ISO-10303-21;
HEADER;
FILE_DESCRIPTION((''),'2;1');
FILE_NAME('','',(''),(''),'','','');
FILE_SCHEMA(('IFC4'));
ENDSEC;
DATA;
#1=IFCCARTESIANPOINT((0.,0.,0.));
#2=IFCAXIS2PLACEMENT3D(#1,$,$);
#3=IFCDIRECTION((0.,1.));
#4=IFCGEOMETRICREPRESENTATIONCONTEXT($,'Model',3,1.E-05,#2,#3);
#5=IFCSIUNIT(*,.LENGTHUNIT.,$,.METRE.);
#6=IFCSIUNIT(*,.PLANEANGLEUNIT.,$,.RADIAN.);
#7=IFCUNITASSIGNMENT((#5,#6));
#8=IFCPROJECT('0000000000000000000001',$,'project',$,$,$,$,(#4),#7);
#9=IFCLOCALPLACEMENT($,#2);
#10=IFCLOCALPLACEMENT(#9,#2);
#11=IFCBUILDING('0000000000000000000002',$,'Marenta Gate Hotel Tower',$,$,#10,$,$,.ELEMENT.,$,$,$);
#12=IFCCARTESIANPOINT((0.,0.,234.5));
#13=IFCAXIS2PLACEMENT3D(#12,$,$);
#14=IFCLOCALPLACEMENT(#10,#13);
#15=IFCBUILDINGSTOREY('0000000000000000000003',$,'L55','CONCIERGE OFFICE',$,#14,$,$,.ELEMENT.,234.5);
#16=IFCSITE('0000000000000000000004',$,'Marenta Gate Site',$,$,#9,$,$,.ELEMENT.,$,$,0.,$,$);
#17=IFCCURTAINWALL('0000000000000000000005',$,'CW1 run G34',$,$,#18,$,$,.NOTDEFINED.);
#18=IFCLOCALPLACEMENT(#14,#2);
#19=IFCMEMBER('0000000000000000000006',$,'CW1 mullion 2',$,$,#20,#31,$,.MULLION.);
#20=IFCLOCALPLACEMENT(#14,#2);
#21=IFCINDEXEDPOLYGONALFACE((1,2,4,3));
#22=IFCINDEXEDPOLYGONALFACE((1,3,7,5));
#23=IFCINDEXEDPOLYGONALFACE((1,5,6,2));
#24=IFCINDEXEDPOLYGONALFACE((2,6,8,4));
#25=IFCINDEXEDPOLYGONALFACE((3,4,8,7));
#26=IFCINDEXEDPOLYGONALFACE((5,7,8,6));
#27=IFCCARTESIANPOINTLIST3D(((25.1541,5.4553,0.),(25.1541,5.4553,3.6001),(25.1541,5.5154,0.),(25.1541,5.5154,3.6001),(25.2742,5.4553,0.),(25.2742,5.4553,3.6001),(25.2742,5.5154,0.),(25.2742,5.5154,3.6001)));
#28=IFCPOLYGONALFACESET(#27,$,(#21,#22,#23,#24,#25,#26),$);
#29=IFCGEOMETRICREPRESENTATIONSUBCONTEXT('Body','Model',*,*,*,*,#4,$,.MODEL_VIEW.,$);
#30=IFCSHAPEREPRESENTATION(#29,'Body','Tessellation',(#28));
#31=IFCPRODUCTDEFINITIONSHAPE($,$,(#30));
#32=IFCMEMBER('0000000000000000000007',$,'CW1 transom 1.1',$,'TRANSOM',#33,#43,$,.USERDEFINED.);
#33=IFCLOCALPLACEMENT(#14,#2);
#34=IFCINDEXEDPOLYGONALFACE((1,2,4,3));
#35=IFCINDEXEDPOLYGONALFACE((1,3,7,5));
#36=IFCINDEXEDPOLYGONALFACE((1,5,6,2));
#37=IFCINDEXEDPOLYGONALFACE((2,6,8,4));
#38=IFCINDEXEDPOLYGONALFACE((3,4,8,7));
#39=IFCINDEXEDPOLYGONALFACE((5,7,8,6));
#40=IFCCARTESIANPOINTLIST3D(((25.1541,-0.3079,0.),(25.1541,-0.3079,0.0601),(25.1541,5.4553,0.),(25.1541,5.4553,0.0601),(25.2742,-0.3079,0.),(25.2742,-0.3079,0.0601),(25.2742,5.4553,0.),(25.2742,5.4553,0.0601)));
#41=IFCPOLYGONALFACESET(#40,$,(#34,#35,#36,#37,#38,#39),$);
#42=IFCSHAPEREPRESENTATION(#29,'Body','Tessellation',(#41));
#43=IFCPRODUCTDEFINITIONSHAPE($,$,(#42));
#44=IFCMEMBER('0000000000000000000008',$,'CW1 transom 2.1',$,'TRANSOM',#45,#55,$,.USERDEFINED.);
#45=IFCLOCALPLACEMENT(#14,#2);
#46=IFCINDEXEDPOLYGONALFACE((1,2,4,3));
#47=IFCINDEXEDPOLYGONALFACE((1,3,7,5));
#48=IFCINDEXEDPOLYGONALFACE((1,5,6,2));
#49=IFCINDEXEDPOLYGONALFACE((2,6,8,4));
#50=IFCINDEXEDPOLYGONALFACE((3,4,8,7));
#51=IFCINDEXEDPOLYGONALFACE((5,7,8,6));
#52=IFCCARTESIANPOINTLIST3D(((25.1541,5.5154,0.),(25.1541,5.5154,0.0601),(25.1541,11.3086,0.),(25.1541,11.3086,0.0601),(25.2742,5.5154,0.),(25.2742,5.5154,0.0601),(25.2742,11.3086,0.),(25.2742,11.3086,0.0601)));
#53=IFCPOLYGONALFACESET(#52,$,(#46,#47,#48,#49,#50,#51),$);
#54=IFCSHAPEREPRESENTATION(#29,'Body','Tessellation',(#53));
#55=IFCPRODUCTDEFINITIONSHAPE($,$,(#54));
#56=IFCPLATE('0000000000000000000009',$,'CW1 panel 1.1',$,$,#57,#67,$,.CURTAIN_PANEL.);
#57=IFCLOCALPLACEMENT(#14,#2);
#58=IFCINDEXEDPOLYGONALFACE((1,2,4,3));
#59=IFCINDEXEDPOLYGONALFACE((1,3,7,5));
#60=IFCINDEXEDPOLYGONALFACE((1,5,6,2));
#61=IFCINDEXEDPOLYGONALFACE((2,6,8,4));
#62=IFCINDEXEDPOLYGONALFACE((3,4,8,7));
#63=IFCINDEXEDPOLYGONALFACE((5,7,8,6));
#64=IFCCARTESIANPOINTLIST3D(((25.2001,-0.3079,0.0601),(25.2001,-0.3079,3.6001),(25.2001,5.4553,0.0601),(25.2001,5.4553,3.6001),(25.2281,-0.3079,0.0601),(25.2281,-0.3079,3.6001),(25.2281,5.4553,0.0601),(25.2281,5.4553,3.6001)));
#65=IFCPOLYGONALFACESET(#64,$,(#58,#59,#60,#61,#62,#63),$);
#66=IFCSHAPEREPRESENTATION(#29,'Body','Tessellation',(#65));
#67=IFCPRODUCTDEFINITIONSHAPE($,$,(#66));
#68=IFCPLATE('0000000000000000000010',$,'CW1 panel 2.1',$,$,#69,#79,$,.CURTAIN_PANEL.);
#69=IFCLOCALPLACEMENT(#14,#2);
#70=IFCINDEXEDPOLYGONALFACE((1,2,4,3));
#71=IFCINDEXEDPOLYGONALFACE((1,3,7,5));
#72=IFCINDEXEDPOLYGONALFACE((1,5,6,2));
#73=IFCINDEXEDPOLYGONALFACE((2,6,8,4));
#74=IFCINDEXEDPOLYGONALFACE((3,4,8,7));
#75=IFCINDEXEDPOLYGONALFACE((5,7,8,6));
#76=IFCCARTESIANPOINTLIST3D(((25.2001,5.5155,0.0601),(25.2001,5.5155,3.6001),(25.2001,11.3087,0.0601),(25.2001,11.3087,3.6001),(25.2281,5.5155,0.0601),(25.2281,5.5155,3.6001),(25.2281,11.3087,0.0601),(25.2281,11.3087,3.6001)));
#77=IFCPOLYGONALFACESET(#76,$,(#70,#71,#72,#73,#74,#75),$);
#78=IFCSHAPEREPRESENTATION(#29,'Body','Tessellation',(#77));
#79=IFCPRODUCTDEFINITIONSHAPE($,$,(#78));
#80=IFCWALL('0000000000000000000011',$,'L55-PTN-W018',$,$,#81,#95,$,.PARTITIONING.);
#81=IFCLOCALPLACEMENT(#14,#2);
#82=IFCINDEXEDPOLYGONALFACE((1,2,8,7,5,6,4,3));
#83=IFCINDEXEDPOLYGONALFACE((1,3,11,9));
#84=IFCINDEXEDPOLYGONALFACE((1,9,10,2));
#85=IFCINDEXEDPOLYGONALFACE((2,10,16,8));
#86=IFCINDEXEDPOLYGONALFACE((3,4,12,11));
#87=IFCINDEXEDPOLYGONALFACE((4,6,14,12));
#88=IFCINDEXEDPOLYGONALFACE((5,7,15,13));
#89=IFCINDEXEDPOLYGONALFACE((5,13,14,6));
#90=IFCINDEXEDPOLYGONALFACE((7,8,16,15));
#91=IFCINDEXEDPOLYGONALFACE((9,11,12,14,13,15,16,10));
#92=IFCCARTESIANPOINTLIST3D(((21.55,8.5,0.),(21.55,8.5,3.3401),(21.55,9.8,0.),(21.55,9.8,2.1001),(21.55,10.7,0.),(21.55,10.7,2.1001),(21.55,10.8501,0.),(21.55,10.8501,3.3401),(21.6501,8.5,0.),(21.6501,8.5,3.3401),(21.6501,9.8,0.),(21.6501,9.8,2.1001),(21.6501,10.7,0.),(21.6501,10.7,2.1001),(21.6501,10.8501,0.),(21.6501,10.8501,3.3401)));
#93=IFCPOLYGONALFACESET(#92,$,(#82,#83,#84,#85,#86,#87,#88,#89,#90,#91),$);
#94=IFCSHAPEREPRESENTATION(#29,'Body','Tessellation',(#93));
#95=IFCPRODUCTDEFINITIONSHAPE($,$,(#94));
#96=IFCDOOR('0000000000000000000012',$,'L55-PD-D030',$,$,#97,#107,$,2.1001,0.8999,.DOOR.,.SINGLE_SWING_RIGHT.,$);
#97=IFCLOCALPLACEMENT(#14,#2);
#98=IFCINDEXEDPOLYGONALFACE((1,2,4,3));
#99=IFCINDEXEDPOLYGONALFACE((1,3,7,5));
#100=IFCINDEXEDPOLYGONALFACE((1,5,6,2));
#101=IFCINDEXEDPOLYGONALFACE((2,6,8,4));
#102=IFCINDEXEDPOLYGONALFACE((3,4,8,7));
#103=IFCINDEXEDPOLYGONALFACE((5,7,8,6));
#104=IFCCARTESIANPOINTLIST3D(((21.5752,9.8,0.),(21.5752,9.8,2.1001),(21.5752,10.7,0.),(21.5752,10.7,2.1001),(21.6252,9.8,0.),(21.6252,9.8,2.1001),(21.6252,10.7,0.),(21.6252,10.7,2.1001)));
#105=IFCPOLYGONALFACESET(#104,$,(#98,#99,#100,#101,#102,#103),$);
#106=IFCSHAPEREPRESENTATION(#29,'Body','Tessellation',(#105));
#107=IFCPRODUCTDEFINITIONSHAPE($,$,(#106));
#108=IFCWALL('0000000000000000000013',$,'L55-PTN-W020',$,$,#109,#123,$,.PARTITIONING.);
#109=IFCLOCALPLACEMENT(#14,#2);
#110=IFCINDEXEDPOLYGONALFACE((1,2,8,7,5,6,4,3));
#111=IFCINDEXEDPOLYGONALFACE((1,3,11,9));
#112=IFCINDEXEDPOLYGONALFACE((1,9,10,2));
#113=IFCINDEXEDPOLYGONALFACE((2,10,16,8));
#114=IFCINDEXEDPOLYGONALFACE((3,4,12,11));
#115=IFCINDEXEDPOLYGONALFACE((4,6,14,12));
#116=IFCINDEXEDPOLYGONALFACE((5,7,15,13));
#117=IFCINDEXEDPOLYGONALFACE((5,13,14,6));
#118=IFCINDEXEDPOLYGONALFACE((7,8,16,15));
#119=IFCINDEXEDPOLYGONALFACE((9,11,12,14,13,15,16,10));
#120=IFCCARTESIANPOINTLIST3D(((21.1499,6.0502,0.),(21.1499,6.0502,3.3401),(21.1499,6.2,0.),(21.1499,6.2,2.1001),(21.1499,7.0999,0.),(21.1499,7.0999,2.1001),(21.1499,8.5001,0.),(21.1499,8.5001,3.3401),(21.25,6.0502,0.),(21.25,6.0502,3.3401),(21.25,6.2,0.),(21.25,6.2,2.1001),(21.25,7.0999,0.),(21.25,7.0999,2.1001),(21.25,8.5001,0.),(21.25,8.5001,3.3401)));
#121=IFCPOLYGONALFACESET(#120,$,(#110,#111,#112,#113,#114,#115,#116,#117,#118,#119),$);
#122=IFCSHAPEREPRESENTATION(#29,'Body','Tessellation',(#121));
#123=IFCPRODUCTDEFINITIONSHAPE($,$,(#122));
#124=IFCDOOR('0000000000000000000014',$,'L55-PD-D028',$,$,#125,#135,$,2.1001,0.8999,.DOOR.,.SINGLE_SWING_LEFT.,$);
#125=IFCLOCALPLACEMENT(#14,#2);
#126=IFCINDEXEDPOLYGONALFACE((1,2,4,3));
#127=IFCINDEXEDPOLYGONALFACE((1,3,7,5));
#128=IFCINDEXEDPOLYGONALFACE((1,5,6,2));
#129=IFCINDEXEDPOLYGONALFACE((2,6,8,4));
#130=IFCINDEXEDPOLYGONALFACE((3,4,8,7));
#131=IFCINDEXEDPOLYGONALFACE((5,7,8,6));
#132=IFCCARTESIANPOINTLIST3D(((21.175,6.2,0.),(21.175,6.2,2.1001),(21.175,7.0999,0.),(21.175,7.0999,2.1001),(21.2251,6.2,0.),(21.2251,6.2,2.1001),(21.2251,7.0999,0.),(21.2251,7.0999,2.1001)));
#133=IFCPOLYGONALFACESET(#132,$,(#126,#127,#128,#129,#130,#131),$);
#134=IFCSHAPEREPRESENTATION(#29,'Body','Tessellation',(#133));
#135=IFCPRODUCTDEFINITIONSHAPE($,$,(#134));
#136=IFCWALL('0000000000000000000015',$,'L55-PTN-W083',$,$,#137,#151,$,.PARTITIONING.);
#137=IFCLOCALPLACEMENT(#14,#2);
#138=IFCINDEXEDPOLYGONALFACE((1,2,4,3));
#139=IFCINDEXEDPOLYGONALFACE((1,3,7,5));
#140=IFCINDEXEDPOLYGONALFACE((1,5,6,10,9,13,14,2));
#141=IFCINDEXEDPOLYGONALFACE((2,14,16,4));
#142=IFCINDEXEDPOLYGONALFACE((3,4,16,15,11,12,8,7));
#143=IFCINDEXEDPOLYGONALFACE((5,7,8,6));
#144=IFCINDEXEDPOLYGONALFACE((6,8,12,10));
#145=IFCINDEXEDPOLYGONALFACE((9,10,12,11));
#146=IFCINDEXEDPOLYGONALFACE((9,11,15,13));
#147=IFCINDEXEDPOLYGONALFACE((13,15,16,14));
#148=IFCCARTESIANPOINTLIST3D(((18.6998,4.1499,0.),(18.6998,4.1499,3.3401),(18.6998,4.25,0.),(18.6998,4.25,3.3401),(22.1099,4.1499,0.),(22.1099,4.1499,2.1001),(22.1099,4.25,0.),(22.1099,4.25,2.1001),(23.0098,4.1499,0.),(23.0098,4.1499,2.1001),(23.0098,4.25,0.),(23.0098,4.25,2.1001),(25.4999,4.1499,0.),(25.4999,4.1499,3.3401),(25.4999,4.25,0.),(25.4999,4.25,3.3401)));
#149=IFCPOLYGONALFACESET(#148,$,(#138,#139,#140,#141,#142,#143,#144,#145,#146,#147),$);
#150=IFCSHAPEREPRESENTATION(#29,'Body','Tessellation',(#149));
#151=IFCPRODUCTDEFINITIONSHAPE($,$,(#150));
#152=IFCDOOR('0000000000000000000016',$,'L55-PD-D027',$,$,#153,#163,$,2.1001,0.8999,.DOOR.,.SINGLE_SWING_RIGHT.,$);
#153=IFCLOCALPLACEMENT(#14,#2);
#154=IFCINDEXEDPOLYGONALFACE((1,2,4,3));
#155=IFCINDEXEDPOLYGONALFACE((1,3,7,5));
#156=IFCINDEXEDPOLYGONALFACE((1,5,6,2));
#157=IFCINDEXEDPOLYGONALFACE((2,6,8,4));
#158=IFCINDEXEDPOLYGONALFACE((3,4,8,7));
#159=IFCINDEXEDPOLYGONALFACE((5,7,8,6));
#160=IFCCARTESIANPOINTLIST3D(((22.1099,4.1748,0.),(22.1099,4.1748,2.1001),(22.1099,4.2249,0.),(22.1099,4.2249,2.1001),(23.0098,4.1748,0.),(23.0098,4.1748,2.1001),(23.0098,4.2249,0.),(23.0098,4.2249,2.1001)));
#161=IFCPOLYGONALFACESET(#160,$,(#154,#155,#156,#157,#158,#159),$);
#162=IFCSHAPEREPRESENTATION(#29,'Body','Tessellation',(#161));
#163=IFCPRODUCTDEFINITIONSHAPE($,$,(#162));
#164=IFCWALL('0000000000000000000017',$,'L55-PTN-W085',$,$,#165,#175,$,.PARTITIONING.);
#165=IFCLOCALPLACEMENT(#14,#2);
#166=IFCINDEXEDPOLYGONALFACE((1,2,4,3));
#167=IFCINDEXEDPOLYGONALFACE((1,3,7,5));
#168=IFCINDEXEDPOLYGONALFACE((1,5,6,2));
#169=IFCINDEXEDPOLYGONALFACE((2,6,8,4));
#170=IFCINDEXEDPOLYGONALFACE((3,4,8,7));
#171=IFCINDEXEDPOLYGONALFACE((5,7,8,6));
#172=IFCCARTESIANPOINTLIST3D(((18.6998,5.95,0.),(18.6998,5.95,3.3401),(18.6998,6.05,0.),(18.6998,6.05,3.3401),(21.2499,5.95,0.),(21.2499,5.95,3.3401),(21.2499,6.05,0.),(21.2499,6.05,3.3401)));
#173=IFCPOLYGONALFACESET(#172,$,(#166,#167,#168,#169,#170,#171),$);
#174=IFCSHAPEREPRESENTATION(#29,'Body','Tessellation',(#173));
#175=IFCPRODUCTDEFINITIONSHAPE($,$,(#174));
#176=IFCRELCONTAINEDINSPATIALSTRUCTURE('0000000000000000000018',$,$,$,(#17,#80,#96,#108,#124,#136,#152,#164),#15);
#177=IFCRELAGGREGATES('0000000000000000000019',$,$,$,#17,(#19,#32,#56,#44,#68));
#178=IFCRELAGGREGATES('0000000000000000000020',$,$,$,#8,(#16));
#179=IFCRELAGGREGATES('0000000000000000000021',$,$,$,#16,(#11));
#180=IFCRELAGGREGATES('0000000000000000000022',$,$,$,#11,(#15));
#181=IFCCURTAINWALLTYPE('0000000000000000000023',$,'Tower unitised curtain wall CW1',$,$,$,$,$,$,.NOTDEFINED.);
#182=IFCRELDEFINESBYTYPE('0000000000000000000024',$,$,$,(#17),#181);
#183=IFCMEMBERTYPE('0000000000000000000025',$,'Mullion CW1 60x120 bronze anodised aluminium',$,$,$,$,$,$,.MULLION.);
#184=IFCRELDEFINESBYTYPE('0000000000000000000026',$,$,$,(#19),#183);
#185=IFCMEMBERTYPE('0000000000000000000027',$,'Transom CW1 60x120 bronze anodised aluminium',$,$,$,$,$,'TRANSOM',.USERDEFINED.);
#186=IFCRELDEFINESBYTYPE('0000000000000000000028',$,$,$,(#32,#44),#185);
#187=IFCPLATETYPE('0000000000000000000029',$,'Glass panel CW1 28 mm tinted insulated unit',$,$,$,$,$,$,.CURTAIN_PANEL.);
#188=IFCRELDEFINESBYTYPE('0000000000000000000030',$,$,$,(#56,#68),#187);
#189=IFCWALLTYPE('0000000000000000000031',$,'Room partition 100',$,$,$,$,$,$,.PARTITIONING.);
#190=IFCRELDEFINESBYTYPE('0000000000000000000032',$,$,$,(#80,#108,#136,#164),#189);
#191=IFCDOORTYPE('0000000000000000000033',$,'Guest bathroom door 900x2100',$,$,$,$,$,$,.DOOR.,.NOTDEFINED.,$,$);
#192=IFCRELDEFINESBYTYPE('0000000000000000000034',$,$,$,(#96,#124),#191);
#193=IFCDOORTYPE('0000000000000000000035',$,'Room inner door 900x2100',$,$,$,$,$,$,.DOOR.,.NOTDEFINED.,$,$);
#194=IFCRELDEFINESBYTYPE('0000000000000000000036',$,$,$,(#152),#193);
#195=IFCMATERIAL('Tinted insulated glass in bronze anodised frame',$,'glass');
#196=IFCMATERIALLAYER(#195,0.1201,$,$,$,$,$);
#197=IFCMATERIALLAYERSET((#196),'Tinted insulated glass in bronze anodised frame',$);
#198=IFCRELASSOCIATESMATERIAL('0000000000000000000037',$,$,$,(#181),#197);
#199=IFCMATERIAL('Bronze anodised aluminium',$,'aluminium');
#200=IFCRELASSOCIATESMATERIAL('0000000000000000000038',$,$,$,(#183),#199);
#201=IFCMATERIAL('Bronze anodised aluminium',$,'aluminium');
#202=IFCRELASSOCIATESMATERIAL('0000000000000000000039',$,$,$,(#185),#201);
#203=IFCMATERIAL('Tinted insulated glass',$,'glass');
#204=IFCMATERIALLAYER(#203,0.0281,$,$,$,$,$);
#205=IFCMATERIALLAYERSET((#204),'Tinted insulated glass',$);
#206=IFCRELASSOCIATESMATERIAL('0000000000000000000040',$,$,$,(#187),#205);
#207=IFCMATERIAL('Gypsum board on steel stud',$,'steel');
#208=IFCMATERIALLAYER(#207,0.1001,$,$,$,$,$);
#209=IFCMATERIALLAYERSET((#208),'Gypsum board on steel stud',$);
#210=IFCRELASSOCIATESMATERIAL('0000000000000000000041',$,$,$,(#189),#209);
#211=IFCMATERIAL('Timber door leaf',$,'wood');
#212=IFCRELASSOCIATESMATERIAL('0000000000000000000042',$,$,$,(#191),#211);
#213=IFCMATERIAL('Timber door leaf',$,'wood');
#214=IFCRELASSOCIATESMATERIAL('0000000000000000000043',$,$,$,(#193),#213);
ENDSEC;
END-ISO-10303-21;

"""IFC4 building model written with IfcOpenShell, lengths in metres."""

from ifc_helpers import new_model, si_unit, direction, frame, frame_2d, origin, origin_2d, place, context, subcontext, project, spatial, rectangle, extrude, material, layer, layer_set, material_profile, profile_set, type_object, element, fill, aggregate, save


model = new_model("IFC4")

# Units and contexts
model_context = context("Model", 3, precision=1e-05, world=origin(), true_north=direction((0.0, 1.0)))
body_context = subcontext(model_context, "Body", "Model", "MODEL_VIEW")
ifc_project = project(units=[si_unit("LENGTHUNIT", "METRE"), si_unit("PLANEANGLEUNIT", "RADIAN")], contexts=[model_context])

# Site, building, storey
site_placement = place(None, origin())
site = spatial("IfcSite", under=ifc_project, at=site_placement, Name="Marenta Gate Site", CompositionType="ELEMENT", RefElevation=0.0)
building_placement = place(site_placement, origin())
building = spatial("IfcBuilding", under=site, at=building_placement, Name="Marenta Gate Hotel Tower", CompositionType="ELEMENT")
storey_placement = place(building_placement, frame((0.0, 0.0, 234.5)))
storey = spatial("IfcBuildingStorey", under=building, at=storey_placement, Name="L55", Description="CONCIERGE OFFICE", CompositionType="ELEMENT", Elevation=234.5)

# Curtain wall, members, plates
ifc_material_1 = material(Name="Tinted insulated glass in bronze anodised frame", Category="glass")
ifc_layer_1 = layer(ifc_material_1, 0.1201)
ifc_layer_set_1 = layer_set([ifc_layer_1], Name="Tinted insulated glass in bronze anodised frame")
curtain_wall_type = type_object("IfcCurtainWallType", Name="Tower unitised curtain wall CW1", PredefinedType="NOTDEFINED", material=ifc_layer_set_1)
curtain_wall_placement = place(storey_placement, origin())
curtain_wall = element("IfcCurtainWall", 1, at=curtain_wall_placement, inside=storey, type_object=curtain_wall_type, Name="CW1 run G34", PredefinedType="NOTDEFINED")
ifc_material_2 = material(Name="Bronze anodised aluminium", Category="aluminium")
ifc_material_profile_1 = material_profile(ifc_material_2, rectangle(XDim=0.1201, YDim=0.0601, at=origin_2d()), Name="Mullion CW1 60x120 bronze anodised aluminium")
ifc_profile_set_1 = profile_set([ifc_material_profile_1], Name="Bronze anodised aluminium")
member_type_1 = type_object("IfcMemberType", Name="Mullion CW1 60x120 bronze anodised aluminium", PredefinedType="MULLION", material=ifc_profile_set_1)
member_1_placement = place(storey_placement, frame((25.2141, 5.4854, 0.0), z_axis=(0.0, 0.0, 1.0), x_axis=(-1.0, 0.0, 0.0)))
member_1 = element("IfcMember", 2, at=member_1_placement, type_object=member_type_1, Name="CW1 mullion 2", PredefinedType="MULLION", context=body_context, shape_type="SweptSolid", body=[
    extrude(rectangle(XDim=0.1201, YDim=0.0601, at=origin_2d()), origin(), (0.0, 0.0, 1.0), 3.6001),
])
ifc_material_3 = material(Name="Bronze anodised aluminium", Category="aluminium")
ifc_material_profile_2 = material_profile(ifc_material_3, rectangle(XDim=0.1201, YDim=0.0601, at=origin_2d()), Name="Transom CW1 60x120 bronze anodised aluminium")
ifc_profile_set_2 = profile_set([ifc_material_profile_2], Name="Bronze anodised aluminium")
member_type_2 = type_object("IfcMemberType", Name="Transom CW1 60x120 bronze anodised aluminium", ElementType="TRANSOM", PredefinedType="USERDEFINED", material=ifc_profile_set_2)
member_2_placement = place(storey_placement, frame((25.2141, -0.3079, 0.03), z_axis=(0.0, 1.0, 0.0), x_axis=(-1.0, 0.0, 0.0)))
member_2 = element("IfcMember", 3, at=member_2_placement, type_object=member_type_2, Name="CW1 transom 1.1", ObjectType="TRANSOM", PredefinedType="USERDEFINED", context=body_context, shape_type="SweptSolid", body=[
    extrude(rectangle(XDim=0.1201, YDim=0.0601, at=origin_2d()), origin(), (0.0, 0.0, 1.0), 5.7632),
])
member_3_placement = place(storey_placement, frame((25.2141, 5.5154, 0.03), z_axis=(0.0, 1.0, 0.0), x_axis=(-1.0, 0.0, 0.0)))
member_3 = element("IfcMember", 4, at=member_3_placement, type_object=member_type_2, Name="CW1 transom 2.1", ObjectType="TRANSOM", PredefinedType="USERDEFINED", context=body_context, shape_type="SweptSolid", body=[
    extrude(rectangle(XDim=0.1201, YDim=0.0601, at=origin_2d()), origin(), (0.0, 0.0, 1.0), 5.7932),
])
ifc_material_4 = material(Name="Tinted insulated glass", Category="glass")
ifc_layer_2 = layer(ifc_material_4, 0.0281)
ifc_layer_set_2 = layer_set([ifc_layer_2], Name="Tinted insulated glass")
plate_type = type_object("IfcPlateType", Name="Glass panel CW1 28 mm tinted insulated unit", PredefinedType="CURTAIN_PANEL", material=ifc_layer_set_2)
plate_1_placement = place(storey_placement, frame((25.2141, 2.5737, 0.0601), z_axis=(0.0, 0.0, 1.0), x_axis=(0.0, 1.0, 0.0)))
plate_1 = element("IfcPlate", 5, at=plate_1_placement, type_object=plate_type, Name="CW1 panel 1.1", PredefinedType="CURTAIN_PANEL", context=body_context, shape_type="SweptSolid", body=[
    extrude(rectangle(XDim=5.7632, YDim=0.0281, at=origin_2d()), origin(), (0.0, 0.0, 1.0), 3.54),
])
plate_2_placement = place(storey_placement, frame((25.2141, 8.4121, 0.0601), z_axis=(0.0, 0.0, 1.0), x_axis=(0.0, 1.0, 0.0)))
plate_2 = element("IfcPlate", 6, at=plate_2_placement, type_object=plate_type, Name="CW1 panel 2.1", PredefinedType="CURTAIN_PANEL", context=body_context, shape_type="SweptSolid", body=[
    extrude(rectangle(XDim=5.7932, YDim=0.0281, at=origin_2d()), origin(), (0.0, 0.0, 1.0), 3.54),
])
aggregate(curtain_wall, [member_1, member_2, plate_1, member_3, plate_2])

# Walls, openings, doors
ifc_material_5 = material(Name="Gypsum board on steel stud", Category="steel")
ifc_layer_3 = layer(ifc_material_5, 0.1001)
ifc_layer_set_3 = layer_set([ifc_layer_3], Name="Gypsum board on steel stud")
wall_type_1 = type_object("IfcWallType", Name="Room partition 100", PredefinedType="PARTITIONING", material=ifc_layer_set_3)
wall_1_placement = place(storey_placement, frame((21.6001, 8.5, 0.0), z_axis=(0.0, 0.0, 1.0), x_axis=(0.0, 1.0, 0.0)))
wall_1 = element("IfcWall", 7, at=wall_1_placement, inside=storey, type_object=wall_type_1, Name="L55-PTN-W018", PredefinedType="PARTITIONING", context=body_context, shape_type="SweptSolid", body=[
    extrude(rectangle(XDim=2.3501, YDim=0.1001, at=frame_2d((1.175, 0.0))), origin(), (0.0, 0.0, 1.0), 3.3401),
])
opening_1_placement = place(wall_1_placement, frame((1.3, 0.0, 0.0)))
opening_1 = element("IfcOpeningElement", 8, at=opening_1_placement, cuts=wall_1, PredefinedType="OPENING", context=body_context, shape_type="SweptSolid", body=[
    extrude(rectangle(XDim=0.8999, YDim=2.1001, at=frame_2d((0.45, 1.05))), frame((0.0, 0.05, 0.0), z_axis=(0.0, -1.0, 0.0), x_axis=(1.0, 0.0, 0.0)), (0.0, 0.0, 1.0), 0.1001),
])
ifc_material_6 = material(Name="Timber door leaf", Category="wood")
door_type_1 = type_object("IfcDoorType", Name="Guest bathroom door 900x2100", OperationType="NOTDEFINED", PredefinedType="DOOR", material=ifc_material_6)
door_1_placement = place(opening_1_placement, origin())
door_1 = element("IfcDoor", 9, at=door_1_placement, inside=storey, type_object=door_type_1, Name="L55-PD-D030", OperationType="SINGLE_SWING_RIGHT", OverallHeight=2.1001, OverallWidth=0.8999, PredefinedType="DOOR", context=body_context, shape_type="SweptSolid", body=[
    extrude(rectangle(XDim=0.8999, YDim=2.1001, at=frame_2d((0.45, 1.05))), frame((0.0, 0.0249, 0.0), z_axis=(0.0, -1.0, 0.0), x_axis=(1.0, 0.0, 0.0)), (0.0, 0.0, 1.0), 0.05),
])
fill(opening_1, door_1)
wall_2_placement = place(storey_placement, frame((21.2, 6.05, 0.0), z_axis=(0.0, 0.0, 1.0), x_axis=(0.0, 1.0, 0.0)))
wall_2 = element("IfcWall", 10, at=wall_2_placement, inside=storey, type_object=wall_type_1, Name="L55-PTN-W020", PredefinedType="PARTITIONING", context=body_context, shape_type="SweptSolid", body=[
    extrude(rectangle(XDim=2.45, YDim=0.1001, at=frame_2d((1.2251, 0.0))), origin(), (0.0, 0.0, 1.0), 3.3401),
])
opening_2_placement = place(wall_2_placement, frame((0.1499, 0.0, 0.0)))
opening_2 = element("IfcOpeningElement", 11, at=opening_2_placement, cuts=wall_2, PredefinedType="OPENING", context=body_context, shape_type="SweptSolid", body=[
    extrude(rectangle(XDim=0.8999, YDim=2.1001, at=frame_2d((0.45, 1.05))), frame((0.0, 0.05, 0.0), z_axis=(0.0, -1.0, 0.0), x_axis=(1.0, 0.0, 0.0)), (0.0, 0.0, 1.0), 0.1001),
])
door_2_placement = place(opening_2_placement, origin())
door_2 = element("IfcDoor", 12, at=door_2_placement, inside=storey, type_object=door_type_1, Name="L55-PD-D028", OperationType="SINGLE_SWING_LEFT", OverallHeight=2.1001, OverallWidth=0.8999, PredefinedType="DOOR", context=body_context, shape_type="SweptSolid", body=[
    extrude(rectangle(XDim=0.8999, YDim=2.1001, at=frame_2d((0.45, 1.05))), frame((0.0, 0.0249, 0.0), z_axis=(0.0, -1.0, 0.0), x_axis=(1.0, 0.0, 0.0)), (0.0, 0.0, 1.0), 0.05),
])
fill(opening_2, door_2)
wall_3_placement = place(storey_placement, frame((18.7, 4.2, 0.0), z_axis=(0.0, 0.0, 1.0), x_axis=(1.0, 0.0, 0.0)))
wall_3 = element("IfcWall", 13, at=wall_3_placement, inside=storey, type_object=wall_type_1, Name="L55-PTN-W083", PredefinedType="PARTITIONING", context=body_context, shape_type="SweptSolid", body=[
    extrude(rectangle(XDim=6.8, YDim=0.1001, at=frame_2d((3.3999, 0.0))), origin(), (0.0, 0.0, 1.0), 3.3401),
])
opening_3_placement = place(wall_3_placement, frame((3.4099, 0.0, 0.0)))
opening_3 = element("IfcOpeningElement", 14, at=opening_3_placement, cuts=wall_3, PredefinedType="OPENING", context=body_context, shape_type="SweptSolid", body=[
    extrude(rectangle(XDim=0.8999, YDim=2.1001, at=frame_2d((0.45, 1.05))), frame((0.0, 0.05, 0.0), z_axis=(0.0, -1.0, 0.0), x_axis=(1.0, 0.0, 0.0)), (0.0, 0.0, 1.0), 0.1001),
])
ifc_material_7 = material(Name="Timber door leaf", Category="wood")
door_type_2 = type_object("IfcDoorType", Name="Room inner door 900x2100", OperationType="NOTDEFINED", PredefinedType="DOOR", material=ifc_material_7)
door_3_placement = place(opening_3_placement, origin())
door_3 = element("IfcDoor", 15, at=door_3_placement, inside=storey, type_object=door_type_2, Name="L55-PD-D027", OperationType="SINGLE_SWING_RIGHT", OverallHeight=2.1001, OverallWidth=0.8999, PredefinedType="DOOR", context=body_context, shape_type="SweptSolid", body=[
    extrude(rectangle(XDim=0.8999, YDim=2.1001, at=frame_2d((0.45, 1.05))), frame((0.0, 0.0249, 0.0), z_axis=(0.0, -1.0, 0.0), x_axis=(1.0, 0.0, 0.0)), (0.0, 0.0, 1.0), 0.05),
])
fill(opening_3, door_3)

# Wall
wall_4_placement = place(storey_placement, frame((18.7, 6.0, 0.0), z_axis=(0.0, 0.0, 1.0), x_axis=(1.0, 0.0, 0.0)))
element("IfcWall", 16, at=wall_4_placement, inside=storey, type_object=wall_type_1, Name="L55-PTN-W085", PredefinedType="PARTITIONING", context=body_context, shape_type="SweptSolid", body=[
    extrude(rectangle(XDim=2.55, YDim=0.1001, at=frame_2d((1.2749, 0.0))), origin(), (0.0, 0.0, 1.0), 3.3401),
])

save(model, "model.ifc")
